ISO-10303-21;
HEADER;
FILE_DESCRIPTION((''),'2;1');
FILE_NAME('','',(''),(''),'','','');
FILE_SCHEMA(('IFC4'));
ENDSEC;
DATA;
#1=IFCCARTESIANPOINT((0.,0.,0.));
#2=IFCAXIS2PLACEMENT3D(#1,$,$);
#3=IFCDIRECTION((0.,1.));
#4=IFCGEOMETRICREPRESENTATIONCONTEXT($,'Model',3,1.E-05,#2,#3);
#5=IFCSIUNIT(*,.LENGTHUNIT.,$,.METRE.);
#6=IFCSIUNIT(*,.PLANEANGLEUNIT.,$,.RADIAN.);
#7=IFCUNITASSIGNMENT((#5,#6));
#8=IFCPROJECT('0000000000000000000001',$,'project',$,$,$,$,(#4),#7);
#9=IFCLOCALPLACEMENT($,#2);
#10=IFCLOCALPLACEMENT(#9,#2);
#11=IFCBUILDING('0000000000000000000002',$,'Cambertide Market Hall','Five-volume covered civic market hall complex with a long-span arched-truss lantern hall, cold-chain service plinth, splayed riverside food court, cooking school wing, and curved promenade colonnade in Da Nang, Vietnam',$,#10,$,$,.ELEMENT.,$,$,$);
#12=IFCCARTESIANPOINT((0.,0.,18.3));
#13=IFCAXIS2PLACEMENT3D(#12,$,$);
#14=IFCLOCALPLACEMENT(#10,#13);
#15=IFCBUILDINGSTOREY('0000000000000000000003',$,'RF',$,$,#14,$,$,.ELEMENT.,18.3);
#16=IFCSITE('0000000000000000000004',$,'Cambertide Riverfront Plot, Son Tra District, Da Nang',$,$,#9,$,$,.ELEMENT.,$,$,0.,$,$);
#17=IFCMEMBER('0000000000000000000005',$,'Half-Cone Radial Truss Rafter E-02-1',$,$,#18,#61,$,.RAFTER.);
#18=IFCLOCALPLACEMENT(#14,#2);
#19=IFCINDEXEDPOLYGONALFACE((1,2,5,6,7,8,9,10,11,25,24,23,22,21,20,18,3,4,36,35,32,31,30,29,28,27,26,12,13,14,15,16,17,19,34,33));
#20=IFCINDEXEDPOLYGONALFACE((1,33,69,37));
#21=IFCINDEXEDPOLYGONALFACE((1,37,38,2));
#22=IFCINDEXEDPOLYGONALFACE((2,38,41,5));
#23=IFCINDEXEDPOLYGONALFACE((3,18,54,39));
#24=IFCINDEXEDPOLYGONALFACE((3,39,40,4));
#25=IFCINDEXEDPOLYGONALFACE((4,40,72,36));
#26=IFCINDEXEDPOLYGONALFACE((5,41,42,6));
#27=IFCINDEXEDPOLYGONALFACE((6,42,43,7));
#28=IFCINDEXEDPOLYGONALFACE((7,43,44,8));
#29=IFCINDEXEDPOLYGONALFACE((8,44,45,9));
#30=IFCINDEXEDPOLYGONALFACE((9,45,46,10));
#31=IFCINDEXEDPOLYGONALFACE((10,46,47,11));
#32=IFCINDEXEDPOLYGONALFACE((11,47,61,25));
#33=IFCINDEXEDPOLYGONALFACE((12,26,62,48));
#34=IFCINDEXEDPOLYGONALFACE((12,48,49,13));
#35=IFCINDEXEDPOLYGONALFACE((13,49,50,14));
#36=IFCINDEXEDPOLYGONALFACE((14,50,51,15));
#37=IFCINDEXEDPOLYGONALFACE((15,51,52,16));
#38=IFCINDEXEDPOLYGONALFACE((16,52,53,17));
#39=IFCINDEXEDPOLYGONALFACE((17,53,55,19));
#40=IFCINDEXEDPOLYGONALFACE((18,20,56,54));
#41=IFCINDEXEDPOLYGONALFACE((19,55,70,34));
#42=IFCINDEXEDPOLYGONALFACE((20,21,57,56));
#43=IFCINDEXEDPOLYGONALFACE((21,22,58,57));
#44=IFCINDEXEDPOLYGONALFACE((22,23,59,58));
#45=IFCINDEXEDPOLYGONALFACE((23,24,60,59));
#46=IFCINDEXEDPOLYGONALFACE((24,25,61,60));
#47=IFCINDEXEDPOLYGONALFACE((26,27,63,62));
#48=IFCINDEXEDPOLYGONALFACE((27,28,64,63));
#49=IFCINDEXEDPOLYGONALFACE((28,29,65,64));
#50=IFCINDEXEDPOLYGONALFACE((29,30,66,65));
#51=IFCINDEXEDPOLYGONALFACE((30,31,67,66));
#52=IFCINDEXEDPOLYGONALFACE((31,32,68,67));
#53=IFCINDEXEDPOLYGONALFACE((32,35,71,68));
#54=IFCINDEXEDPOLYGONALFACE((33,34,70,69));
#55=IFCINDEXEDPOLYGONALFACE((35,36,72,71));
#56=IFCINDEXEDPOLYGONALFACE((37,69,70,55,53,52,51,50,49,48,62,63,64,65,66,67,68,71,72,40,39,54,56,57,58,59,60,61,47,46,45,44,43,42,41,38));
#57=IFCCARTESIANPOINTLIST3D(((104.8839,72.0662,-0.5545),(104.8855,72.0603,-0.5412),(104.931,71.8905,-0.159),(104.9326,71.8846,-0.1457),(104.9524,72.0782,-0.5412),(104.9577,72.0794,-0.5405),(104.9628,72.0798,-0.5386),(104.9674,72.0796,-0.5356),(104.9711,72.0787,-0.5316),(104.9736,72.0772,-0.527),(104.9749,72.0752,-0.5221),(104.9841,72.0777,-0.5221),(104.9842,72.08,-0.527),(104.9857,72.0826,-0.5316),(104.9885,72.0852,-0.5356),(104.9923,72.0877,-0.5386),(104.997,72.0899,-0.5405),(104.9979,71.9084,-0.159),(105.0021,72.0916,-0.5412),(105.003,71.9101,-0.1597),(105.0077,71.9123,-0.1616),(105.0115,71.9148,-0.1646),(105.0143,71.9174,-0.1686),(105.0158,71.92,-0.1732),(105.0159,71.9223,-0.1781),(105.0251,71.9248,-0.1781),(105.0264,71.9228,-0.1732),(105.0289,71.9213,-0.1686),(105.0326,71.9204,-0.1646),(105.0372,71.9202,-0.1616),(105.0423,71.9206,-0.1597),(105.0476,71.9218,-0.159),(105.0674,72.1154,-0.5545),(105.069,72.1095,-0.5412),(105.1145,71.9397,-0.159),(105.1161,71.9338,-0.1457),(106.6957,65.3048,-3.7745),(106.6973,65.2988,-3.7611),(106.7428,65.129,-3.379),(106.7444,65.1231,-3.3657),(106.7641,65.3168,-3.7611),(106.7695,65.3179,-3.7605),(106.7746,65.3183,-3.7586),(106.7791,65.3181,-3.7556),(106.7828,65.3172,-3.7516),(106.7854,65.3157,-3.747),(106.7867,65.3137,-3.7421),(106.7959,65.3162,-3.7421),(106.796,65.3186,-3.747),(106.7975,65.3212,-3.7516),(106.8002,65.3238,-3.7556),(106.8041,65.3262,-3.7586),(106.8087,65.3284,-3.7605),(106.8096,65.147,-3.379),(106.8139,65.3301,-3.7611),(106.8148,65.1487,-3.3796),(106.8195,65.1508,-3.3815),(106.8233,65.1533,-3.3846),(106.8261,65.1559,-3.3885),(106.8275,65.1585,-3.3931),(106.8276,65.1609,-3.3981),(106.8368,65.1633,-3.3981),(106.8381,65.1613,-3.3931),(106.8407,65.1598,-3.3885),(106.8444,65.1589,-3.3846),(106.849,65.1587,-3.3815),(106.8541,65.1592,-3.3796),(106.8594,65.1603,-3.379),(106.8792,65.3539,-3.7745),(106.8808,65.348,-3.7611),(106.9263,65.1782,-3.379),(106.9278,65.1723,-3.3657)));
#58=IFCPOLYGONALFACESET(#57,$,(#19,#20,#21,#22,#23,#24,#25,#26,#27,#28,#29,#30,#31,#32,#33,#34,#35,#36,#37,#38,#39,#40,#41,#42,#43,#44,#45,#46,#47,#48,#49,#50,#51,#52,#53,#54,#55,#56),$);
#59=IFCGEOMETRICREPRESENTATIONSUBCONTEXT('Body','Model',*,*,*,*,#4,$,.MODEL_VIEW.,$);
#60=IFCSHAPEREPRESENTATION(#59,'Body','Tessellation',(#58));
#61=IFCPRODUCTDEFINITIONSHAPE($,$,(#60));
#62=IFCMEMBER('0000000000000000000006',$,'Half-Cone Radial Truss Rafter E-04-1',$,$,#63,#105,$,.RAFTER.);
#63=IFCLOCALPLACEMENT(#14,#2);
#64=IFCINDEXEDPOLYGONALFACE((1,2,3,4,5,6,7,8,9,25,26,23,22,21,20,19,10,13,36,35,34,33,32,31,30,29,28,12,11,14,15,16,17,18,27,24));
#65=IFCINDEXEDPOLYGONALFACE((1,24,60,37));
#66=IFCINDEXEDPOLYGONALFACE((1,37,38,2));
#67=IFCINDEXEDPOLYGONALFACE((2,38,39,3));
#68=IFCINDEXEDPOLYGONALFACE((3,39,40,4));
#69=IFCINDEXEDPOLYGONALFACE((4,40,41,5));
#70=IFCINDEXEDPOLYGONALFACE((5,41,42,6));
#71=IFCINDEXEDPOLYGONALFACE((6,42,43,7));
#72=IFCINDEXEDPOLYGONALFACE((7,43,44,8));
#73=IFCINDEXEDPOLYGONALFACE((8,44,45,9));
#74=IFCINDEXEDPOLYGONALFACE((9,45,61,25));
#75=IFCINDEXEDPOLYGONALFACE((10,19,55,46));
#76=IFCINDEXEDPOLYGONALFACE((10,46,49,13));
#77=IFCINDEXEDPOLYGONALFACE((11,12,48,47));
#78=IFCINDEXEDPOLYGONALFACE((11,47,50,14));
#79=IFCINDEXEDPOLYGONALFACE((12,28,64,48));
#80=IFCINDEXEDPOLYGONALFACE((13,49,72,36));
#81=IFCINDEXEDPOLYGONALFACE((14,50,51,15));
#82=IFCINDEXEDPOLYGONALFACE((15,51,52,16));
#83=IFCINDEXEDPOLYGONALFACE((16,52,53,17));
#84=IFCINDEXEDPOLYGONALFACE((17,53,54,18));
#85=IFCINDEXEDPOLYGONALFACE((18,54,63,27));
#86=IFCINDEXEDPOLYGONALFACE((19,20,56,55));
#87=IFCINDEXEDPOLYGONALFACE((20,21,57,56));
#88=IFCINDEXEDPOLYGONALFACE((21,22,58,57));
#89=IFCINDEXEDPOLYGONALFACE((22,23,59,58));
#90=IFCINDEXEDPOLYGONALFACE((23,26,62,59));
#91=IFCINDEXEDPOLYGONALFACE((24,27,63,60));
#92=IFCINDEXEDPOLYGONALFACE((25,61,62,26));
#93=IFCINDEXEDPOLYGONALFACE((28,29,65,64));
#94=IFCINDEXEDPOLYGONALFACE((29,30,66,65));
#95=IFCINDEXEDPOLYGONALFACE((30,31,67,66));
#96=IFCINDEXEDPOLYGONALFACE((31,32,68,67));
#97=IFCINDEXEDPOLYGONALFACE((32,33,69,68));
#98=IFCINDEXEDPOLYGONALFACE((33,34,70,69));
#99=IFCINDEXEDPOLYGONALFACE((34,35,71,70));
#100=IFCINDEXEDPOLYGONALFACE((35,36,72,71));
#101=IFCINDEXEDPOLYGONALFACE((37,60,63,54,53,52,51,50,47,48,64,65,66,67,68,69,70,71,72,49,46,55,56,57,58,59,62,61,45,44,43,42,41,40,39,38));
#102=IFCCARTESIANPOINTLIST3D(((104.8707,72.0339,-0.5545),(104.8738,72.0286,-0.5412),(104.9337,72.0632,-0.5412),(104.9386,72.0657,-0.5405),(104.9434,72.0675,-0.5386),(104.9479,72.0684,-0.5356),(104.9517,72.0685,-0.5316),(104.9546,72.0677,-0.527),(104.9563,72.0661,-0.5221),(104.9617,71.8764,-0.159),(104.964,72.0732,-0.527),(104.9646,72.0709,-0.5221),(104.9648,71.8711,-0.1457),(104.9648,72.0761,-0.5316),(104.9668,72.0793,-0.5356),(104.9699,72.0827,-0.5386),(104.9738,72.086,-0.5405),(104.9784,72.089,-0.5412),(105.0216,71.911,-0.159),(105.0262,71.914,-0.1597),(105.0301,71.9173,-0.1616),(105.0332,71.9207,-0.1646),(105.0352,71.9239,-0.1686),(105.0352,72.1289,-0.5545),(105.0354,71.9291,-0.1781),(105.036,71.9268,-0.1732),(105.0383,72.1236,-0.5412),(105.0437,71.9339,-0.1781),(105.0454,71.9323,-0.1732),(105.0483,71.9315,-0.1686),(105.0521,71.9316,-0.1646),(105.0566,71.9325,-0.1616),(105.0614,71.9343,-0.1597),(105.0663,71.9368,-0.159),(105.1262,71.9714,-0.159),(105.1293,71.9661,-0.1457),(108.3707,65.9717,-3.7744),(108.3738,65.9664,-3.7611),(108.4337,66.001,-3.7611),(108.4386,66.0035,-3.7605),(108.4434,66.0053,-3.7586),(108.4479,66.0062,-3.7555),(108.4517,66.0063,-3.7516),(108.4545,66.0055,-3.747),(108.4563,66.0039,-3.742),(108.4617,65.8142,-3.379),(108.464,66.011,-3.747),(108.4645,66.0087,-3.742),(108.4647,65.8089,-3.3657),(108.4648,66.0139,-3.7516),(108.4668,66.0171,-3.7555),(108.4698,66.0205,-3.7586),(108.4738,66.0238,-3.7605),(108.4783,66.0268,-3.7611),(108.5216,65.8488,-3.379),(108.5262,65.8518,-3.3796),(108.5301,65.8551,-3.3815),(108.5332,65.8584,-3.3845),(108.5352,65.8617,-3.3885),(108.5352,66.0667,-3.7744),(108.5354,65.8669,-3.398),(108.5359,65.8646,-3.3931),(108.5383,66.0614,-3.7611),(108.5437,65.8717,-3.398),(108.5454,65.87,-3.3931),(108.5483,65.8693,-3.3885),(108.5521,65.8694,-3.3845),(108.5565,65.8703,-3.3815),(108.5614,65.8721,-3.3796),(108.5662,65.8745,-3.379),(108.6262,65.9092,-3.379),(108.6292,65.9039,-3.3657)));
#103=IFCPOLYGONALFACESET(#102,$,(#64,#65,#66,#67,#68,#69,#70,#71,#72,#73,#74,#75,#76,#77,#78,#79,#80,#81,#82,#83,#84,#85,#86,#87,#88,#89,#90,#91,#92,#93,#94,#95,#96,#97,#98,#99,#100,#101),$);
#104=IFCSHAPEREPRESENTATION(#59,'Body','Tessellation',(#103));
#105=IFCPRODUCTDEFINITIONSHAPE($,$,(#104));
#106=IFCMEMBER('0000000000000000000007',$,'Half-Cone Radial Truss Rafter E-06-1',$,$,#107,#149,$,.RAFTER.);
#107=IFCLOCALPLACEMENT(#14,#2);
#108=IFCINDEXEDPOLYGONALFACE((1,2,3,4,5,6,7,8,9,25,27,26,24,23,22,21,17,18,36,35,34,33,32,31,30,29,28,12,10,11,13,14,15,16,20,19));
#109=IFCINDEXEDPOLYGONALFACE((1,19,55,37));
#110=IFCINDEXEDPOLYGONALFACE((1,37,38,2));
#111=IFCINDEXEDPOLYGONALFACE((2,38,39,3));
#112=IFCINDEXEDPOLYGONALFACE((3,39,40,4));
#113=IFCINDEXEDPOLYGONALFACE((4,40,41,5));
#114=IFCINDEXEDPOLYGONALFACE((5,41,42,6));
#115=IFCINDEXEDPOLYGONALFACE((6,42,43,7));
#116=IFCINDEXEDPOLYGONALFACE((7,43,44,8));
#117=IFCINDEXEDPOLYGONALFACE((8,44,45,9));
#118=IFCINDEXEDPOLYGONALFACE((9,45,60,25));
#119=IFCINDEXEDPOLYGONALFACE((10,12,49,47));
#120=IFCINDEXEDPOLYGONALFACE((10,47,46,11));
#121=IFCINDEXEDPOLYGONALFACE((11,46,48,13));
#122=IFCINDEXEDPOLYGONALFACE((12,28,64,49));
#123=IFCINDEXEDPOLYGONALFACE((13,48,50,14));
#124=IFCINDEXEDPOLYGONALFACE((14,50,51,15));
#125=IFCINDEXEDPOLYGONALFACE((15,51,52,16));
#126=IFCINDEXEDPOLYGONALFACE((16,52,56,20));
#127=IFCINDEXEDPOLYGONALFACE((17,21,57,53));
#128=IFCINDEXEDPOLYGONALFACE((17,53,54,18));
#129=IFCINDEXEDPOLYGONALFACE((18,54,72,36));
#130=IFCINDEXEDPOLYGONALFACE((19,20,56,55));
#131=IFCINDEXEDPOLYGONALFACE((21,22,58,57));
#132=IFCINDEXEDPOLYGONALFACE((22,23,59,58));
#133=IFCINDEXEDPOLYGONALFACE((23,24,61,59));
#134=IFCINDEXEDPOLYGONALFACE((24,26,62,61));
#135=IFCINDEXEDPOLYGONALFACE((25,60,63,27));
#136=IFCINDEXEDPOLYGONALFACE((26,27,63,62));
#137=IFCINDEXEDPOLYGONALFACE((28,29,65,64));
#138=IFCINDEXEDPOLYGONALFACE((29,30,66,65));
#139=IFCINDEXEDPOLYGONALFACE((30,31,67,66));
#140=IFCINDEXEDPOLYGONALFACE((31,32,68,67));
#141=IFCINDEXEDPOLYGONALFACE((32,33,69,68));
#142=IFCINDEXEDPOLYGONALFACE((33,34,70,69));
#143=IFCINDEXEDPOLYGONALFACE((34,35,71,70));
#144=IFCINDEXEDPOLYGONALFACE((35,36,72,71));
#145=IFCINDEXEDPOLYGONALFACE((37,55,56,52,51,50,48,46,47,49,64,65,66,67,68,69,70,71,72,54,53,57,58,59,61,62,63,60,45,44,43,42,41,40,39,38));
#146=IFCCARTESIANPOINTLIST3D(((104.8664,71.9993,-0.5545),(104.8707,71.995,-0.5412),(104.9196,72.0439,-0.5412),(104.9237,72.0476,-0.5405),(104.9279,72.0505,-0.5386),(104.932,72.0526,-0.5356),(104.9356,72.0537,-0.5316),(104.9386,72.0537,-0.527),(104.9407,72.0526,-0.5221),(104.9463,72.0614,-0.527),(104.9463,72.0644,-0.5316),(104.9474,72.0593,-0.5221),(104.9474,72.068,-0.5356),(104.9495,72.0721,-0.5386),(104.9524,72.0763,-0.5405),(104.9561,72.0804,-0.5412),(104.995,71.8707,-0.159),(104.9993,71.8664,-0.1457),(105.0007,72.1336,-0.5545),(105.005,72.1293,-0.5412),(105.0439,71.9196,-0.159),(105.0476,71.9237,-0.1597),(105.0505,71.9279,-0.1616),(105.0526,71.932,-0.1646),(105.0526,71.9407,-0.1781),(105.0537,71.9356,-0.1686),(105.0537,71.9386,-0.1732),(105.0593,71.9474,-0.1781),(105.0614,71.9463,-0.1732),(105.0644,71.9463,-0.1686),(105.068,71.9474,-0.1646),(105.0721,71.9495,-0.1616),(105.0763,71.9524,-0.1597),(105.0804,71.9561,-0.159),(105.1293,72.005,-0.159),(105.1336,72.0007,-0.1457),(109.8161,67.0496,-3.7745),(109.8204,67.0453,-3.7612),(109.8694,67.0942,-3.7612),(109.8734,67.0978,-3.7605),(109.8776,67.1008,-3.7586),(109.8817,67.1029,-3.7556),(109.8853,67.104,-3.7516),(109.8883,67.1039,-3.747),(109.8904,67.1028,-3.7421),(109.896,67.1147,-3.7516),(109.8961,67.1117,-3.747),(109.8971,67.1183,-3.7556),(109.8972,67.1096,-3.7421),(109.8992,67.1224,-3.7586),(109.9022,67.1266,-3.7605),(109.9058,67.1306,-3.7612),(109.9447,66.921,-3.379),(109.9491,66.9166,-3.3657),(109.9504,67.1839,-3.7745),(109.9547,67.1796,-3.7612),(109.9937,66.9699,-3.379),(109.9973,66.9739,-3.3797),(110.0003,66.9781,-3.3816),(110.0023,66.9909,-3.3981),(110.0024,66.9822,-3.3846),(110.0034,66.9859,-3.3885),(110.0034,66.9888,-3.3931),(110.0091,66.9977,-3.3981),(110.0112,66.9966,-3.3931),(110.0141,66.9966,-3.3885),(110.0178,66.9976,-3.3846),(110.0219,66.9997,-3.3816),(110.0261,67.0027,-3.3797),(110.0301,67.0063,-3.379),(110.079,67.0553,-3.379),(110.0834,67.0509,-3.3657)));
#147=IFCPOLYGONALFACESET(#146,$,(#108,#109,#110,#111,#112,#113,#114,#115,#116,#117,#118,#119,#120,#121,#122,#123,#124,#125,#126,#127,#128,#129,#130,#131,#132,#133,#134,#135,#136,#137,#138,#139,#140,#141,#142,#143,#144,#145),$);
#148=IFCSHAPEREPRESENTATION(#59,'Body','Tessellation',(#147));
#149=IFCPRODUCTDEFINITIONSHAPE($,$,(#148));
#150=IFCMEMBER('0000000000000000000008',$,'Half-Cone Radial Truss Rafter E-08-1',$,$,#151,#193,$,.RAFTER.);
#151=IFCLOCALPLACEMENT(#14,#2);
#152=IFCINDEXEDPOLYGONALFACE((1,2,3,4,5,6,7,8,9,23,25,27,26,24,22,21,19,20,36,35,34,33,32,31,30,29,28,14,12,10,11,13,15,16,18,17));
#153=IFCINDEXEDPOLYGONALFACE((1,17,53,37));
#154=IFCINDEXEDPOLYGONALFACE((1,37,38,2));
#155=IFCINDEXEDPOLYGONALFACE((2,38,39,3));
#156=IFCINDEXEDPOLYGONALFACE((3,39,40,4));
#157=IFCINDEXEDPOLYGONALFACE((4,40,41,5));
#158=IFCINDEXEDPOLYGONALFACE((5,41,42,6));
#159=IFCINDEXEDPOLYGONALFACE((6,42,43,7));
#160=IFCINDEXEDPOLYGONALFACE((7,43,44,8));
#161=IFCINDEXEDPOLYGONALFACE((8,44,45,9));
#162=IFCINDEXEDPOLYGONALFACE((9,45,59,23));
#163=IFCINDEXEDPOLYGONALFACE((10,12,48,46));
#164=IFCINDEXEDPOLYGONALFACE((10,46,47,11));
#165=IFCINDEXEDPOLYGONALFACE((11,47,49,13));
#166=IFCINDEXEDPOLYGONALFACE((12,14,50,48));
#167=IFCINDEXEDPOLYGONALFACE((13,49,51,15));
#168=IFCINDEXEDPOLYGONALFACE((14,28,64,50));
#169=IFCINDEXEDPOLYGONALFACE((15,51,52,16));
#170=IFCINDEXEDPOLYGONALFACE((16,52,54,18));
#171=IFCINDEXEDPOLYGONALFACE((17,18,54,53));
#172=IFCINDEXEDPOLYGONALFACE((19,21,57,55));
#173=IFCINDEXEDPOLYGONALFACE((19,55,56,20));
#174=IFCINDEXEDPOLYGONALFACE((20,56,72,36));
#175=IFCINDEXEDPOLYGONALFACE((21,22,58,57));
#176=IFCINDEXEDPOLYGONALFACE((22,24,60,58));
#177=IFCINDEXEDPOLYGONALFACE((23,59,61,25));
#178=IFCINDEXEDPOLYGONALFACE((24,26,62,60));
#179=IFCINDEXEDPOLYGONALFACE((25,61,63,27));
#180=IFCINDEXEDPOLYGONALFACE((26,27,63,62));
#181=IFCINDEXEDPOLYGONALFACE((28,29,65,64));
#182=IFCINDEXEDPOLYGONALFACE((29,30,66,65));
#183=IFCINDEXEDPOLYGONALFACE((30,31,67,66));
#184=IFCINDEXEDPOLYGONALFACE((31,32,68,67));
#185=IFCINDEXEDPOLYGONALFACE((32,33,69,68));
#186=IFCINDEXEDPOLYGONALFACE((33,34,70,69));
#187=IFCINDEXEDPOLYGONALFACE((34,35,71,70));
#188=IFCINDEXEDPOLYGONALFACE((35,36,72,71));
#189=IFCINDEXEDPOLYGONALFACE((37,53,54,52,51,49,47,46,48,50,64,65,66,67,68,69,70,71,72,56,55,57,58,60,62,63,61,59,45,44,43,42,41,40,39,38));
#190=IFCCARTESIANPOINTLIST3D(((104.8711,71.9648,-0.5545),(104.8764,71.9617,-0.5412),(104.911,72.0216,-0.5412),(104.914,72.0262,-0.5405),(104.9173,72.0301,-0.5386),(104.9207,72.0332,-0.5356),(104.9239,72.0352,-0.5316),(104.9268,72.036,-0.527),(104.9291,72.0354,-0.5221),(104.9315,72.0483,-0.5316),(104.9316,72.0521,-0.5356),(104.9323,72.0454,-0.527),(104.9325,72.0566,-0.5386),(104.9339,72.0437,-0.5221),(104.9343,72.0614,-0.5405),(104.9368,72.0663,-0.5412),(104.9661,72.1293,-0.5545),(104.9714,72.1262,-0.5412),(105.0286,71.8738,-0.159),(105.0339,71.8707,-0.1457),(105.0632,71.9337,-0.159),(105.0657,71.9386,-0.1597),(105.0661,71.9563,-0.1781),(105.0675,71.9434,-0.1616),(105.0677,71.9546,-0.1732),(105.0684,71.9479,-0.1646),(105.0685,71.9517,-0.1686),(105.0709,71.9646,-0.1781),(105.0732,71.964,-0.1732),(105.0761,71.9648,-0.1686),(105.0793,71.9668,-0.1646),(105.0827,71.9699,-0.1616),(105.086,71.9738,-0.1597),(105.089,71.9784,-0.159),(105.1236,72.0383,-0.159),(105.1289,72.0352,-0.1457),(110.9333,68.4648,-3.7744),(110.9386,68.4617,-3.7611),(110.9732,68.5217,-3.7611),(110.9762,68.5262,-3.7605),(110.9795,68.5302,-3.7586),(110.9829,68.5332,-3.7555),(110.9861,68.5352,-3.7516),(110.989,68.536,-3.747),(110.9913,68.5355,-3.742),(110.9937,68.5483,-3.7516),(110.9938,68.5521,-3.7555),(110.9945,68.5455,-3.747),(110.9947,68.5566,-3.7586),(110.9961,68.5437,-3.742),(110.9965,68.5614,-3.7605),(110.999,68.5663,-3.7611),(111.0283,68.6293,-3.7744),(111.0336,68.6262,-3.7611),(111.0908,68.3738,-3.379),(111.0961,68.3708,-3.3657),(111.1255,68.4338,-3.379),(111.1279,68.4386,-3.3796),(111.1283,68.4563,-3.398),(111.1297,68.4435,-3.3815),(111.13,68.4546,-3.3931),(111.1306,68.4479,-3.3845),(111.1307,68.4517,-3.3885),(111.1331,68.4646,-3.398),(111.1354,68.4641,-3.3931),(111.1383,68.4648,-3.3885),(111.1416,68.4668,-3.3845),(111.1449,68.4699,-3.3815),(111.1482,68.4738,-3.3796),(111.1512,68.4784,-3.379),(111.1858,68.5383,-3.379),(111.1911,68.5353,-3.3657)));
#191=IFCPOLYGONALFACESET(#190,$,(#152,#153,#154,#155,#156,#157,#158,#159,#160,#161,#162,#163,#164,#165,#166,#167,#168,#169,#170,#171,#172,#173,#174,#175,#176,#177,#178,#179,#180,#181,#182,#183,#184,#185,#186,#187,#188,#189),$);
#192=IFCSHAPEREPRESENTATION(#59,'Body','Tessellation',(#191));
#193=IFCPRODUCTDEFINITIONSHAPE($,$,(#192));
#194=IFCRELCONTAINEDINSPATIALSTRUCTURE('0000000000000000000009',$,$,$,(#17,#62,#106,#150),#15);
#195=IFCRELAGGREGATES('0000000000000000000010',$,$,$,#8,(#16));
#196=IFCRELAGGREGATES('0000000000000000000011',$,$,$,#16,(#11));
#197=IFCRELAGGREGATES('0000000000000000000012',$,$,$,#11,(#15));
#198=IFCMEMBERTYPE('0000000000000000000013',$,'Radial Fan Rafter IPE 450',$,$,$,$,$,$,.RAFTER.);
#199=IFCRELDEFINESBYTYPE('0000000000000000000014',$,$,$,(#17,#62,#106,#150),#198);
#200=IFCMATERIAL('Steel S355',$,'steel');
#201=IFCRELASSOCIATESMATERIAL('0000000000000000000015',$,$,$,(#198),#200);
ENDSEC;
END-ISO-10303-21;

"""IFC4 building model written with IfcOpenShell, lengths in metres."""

from ifc_helpers import new_model, si_unit, direction, frame, origin, origin_2d, place, context, subcontext, project, spatial, i_section, extrude, material, material_profile, profile_set, type_object, element, save


model = new_model("IFC4")

# Units and contexts
model_context = context("Model", 3, precision=1e-05, world=origin(), true_north=direction((0.0, 1.0)))
body_context = subcontext(model_context, "Body", "Model", "MODEL_VIEW")
ifc_project = project(units=[si_unit("LENGTHUNIT", "METRE"), si_unit("PLANEANGLEUNIT", "RADIAN")], contexts=[model_context])

# Site, building, storey
site_placement = place(None, origin())
site = spatial("IfcSite", under=ifc_project, at=site_placement, Name="Cambertide Riverfront Plot, Son Tra District, Da Nang", CompositionType="ELEMENT", RefElevation=0.0)
building_placement = place(site_placement, origin())
building = spatial("IfcBuilding", under=site, at=building_placement, Name="Cambertide Market Hall", Description="Five-volume covered civic market hall complex with a long-span arched-truss lantern hall, cold-chain service plinth, splayed riverside food court, cooking school wing, and curved promenade colonnade in Da Nang, Vietnam", CompositionType="ELEMENT")
storey_placement = place(building_placement, frame((0.0, 0.0, 18.3)))
storey = spatial("IfcBuildingStorey", under=building, at=storey_placement, Name="RF", CompositionType="ELEMENT", Elevation=18.3)

# Members
ifc_material_1 = material(Name="Steel S355", Category="steel")
ifc_material_profile_1 = material_profile(ifc_material_1, i_section(OverallWidth=0.1899, OverallDepth=0.45, WebThickness=0.0095, FlangeThickness=0.0146, FilletRadius=0.021, at=origin_2d()), Name="IPE 450")
ifc_profile_set_1 = profile_set([ifc_material_profile_1], Name="Steel S355")
member_type_1 = type_object("IfcMemberType", Name="Radial Fan Rafter IPE 450", PredefinedType="RAFTER", material=ifc_profile_set_1)
for number, where, z_axis, x_axis, name in (
    (1, (105.0, 72.0, -0.3501), (0.235139, -0.877535, -0.417902), (0.965925, 0.258824, 0.0), "Half-Cone Radial Truss Rafter E-02-1"),
    (2, (105.0, 72.0, -0.3501), (0.454242, -0.786781, -0.417899), (0.866028, 0.499995, 0.0), "Half-Cone Radial Truss Rafter E-04-1"),
    (3, (105.0, 72.0, -0.3501), (0.6424, -0.6424, -0.417905), (0.707107, 0.707107, 0.0), "Half-Cone Radial Truss Rafter E-06-1"),
    (4, (105.0, 72.0, -0.3501), (0.786781, -0.454242, -0.417899), (0.499995, 0.866028, 0.0), "Half-Cone Radial Truss Rafter E-08-1"),
):
    element("IfcMember", number, at=place(storey_placement, frame(where, z_axis=z_axis, x_axis=x_axis)), inside=storey, type_object=member_type_1, Name=name, PredefinedType="RAFTER", context=body_context, shape_type="SweptSolid", body=[
        extrude(i_section(OverallWidth=0.1899, OverallDepth=0.45, WebThickness=0.0095, FlangeThickness=0.0146, FilletRadius=0.021, at=origin_2d()), origin(), (0.0, 0.0, 1.0), 7.7051),
    ])

save(model, "model.ifc")
